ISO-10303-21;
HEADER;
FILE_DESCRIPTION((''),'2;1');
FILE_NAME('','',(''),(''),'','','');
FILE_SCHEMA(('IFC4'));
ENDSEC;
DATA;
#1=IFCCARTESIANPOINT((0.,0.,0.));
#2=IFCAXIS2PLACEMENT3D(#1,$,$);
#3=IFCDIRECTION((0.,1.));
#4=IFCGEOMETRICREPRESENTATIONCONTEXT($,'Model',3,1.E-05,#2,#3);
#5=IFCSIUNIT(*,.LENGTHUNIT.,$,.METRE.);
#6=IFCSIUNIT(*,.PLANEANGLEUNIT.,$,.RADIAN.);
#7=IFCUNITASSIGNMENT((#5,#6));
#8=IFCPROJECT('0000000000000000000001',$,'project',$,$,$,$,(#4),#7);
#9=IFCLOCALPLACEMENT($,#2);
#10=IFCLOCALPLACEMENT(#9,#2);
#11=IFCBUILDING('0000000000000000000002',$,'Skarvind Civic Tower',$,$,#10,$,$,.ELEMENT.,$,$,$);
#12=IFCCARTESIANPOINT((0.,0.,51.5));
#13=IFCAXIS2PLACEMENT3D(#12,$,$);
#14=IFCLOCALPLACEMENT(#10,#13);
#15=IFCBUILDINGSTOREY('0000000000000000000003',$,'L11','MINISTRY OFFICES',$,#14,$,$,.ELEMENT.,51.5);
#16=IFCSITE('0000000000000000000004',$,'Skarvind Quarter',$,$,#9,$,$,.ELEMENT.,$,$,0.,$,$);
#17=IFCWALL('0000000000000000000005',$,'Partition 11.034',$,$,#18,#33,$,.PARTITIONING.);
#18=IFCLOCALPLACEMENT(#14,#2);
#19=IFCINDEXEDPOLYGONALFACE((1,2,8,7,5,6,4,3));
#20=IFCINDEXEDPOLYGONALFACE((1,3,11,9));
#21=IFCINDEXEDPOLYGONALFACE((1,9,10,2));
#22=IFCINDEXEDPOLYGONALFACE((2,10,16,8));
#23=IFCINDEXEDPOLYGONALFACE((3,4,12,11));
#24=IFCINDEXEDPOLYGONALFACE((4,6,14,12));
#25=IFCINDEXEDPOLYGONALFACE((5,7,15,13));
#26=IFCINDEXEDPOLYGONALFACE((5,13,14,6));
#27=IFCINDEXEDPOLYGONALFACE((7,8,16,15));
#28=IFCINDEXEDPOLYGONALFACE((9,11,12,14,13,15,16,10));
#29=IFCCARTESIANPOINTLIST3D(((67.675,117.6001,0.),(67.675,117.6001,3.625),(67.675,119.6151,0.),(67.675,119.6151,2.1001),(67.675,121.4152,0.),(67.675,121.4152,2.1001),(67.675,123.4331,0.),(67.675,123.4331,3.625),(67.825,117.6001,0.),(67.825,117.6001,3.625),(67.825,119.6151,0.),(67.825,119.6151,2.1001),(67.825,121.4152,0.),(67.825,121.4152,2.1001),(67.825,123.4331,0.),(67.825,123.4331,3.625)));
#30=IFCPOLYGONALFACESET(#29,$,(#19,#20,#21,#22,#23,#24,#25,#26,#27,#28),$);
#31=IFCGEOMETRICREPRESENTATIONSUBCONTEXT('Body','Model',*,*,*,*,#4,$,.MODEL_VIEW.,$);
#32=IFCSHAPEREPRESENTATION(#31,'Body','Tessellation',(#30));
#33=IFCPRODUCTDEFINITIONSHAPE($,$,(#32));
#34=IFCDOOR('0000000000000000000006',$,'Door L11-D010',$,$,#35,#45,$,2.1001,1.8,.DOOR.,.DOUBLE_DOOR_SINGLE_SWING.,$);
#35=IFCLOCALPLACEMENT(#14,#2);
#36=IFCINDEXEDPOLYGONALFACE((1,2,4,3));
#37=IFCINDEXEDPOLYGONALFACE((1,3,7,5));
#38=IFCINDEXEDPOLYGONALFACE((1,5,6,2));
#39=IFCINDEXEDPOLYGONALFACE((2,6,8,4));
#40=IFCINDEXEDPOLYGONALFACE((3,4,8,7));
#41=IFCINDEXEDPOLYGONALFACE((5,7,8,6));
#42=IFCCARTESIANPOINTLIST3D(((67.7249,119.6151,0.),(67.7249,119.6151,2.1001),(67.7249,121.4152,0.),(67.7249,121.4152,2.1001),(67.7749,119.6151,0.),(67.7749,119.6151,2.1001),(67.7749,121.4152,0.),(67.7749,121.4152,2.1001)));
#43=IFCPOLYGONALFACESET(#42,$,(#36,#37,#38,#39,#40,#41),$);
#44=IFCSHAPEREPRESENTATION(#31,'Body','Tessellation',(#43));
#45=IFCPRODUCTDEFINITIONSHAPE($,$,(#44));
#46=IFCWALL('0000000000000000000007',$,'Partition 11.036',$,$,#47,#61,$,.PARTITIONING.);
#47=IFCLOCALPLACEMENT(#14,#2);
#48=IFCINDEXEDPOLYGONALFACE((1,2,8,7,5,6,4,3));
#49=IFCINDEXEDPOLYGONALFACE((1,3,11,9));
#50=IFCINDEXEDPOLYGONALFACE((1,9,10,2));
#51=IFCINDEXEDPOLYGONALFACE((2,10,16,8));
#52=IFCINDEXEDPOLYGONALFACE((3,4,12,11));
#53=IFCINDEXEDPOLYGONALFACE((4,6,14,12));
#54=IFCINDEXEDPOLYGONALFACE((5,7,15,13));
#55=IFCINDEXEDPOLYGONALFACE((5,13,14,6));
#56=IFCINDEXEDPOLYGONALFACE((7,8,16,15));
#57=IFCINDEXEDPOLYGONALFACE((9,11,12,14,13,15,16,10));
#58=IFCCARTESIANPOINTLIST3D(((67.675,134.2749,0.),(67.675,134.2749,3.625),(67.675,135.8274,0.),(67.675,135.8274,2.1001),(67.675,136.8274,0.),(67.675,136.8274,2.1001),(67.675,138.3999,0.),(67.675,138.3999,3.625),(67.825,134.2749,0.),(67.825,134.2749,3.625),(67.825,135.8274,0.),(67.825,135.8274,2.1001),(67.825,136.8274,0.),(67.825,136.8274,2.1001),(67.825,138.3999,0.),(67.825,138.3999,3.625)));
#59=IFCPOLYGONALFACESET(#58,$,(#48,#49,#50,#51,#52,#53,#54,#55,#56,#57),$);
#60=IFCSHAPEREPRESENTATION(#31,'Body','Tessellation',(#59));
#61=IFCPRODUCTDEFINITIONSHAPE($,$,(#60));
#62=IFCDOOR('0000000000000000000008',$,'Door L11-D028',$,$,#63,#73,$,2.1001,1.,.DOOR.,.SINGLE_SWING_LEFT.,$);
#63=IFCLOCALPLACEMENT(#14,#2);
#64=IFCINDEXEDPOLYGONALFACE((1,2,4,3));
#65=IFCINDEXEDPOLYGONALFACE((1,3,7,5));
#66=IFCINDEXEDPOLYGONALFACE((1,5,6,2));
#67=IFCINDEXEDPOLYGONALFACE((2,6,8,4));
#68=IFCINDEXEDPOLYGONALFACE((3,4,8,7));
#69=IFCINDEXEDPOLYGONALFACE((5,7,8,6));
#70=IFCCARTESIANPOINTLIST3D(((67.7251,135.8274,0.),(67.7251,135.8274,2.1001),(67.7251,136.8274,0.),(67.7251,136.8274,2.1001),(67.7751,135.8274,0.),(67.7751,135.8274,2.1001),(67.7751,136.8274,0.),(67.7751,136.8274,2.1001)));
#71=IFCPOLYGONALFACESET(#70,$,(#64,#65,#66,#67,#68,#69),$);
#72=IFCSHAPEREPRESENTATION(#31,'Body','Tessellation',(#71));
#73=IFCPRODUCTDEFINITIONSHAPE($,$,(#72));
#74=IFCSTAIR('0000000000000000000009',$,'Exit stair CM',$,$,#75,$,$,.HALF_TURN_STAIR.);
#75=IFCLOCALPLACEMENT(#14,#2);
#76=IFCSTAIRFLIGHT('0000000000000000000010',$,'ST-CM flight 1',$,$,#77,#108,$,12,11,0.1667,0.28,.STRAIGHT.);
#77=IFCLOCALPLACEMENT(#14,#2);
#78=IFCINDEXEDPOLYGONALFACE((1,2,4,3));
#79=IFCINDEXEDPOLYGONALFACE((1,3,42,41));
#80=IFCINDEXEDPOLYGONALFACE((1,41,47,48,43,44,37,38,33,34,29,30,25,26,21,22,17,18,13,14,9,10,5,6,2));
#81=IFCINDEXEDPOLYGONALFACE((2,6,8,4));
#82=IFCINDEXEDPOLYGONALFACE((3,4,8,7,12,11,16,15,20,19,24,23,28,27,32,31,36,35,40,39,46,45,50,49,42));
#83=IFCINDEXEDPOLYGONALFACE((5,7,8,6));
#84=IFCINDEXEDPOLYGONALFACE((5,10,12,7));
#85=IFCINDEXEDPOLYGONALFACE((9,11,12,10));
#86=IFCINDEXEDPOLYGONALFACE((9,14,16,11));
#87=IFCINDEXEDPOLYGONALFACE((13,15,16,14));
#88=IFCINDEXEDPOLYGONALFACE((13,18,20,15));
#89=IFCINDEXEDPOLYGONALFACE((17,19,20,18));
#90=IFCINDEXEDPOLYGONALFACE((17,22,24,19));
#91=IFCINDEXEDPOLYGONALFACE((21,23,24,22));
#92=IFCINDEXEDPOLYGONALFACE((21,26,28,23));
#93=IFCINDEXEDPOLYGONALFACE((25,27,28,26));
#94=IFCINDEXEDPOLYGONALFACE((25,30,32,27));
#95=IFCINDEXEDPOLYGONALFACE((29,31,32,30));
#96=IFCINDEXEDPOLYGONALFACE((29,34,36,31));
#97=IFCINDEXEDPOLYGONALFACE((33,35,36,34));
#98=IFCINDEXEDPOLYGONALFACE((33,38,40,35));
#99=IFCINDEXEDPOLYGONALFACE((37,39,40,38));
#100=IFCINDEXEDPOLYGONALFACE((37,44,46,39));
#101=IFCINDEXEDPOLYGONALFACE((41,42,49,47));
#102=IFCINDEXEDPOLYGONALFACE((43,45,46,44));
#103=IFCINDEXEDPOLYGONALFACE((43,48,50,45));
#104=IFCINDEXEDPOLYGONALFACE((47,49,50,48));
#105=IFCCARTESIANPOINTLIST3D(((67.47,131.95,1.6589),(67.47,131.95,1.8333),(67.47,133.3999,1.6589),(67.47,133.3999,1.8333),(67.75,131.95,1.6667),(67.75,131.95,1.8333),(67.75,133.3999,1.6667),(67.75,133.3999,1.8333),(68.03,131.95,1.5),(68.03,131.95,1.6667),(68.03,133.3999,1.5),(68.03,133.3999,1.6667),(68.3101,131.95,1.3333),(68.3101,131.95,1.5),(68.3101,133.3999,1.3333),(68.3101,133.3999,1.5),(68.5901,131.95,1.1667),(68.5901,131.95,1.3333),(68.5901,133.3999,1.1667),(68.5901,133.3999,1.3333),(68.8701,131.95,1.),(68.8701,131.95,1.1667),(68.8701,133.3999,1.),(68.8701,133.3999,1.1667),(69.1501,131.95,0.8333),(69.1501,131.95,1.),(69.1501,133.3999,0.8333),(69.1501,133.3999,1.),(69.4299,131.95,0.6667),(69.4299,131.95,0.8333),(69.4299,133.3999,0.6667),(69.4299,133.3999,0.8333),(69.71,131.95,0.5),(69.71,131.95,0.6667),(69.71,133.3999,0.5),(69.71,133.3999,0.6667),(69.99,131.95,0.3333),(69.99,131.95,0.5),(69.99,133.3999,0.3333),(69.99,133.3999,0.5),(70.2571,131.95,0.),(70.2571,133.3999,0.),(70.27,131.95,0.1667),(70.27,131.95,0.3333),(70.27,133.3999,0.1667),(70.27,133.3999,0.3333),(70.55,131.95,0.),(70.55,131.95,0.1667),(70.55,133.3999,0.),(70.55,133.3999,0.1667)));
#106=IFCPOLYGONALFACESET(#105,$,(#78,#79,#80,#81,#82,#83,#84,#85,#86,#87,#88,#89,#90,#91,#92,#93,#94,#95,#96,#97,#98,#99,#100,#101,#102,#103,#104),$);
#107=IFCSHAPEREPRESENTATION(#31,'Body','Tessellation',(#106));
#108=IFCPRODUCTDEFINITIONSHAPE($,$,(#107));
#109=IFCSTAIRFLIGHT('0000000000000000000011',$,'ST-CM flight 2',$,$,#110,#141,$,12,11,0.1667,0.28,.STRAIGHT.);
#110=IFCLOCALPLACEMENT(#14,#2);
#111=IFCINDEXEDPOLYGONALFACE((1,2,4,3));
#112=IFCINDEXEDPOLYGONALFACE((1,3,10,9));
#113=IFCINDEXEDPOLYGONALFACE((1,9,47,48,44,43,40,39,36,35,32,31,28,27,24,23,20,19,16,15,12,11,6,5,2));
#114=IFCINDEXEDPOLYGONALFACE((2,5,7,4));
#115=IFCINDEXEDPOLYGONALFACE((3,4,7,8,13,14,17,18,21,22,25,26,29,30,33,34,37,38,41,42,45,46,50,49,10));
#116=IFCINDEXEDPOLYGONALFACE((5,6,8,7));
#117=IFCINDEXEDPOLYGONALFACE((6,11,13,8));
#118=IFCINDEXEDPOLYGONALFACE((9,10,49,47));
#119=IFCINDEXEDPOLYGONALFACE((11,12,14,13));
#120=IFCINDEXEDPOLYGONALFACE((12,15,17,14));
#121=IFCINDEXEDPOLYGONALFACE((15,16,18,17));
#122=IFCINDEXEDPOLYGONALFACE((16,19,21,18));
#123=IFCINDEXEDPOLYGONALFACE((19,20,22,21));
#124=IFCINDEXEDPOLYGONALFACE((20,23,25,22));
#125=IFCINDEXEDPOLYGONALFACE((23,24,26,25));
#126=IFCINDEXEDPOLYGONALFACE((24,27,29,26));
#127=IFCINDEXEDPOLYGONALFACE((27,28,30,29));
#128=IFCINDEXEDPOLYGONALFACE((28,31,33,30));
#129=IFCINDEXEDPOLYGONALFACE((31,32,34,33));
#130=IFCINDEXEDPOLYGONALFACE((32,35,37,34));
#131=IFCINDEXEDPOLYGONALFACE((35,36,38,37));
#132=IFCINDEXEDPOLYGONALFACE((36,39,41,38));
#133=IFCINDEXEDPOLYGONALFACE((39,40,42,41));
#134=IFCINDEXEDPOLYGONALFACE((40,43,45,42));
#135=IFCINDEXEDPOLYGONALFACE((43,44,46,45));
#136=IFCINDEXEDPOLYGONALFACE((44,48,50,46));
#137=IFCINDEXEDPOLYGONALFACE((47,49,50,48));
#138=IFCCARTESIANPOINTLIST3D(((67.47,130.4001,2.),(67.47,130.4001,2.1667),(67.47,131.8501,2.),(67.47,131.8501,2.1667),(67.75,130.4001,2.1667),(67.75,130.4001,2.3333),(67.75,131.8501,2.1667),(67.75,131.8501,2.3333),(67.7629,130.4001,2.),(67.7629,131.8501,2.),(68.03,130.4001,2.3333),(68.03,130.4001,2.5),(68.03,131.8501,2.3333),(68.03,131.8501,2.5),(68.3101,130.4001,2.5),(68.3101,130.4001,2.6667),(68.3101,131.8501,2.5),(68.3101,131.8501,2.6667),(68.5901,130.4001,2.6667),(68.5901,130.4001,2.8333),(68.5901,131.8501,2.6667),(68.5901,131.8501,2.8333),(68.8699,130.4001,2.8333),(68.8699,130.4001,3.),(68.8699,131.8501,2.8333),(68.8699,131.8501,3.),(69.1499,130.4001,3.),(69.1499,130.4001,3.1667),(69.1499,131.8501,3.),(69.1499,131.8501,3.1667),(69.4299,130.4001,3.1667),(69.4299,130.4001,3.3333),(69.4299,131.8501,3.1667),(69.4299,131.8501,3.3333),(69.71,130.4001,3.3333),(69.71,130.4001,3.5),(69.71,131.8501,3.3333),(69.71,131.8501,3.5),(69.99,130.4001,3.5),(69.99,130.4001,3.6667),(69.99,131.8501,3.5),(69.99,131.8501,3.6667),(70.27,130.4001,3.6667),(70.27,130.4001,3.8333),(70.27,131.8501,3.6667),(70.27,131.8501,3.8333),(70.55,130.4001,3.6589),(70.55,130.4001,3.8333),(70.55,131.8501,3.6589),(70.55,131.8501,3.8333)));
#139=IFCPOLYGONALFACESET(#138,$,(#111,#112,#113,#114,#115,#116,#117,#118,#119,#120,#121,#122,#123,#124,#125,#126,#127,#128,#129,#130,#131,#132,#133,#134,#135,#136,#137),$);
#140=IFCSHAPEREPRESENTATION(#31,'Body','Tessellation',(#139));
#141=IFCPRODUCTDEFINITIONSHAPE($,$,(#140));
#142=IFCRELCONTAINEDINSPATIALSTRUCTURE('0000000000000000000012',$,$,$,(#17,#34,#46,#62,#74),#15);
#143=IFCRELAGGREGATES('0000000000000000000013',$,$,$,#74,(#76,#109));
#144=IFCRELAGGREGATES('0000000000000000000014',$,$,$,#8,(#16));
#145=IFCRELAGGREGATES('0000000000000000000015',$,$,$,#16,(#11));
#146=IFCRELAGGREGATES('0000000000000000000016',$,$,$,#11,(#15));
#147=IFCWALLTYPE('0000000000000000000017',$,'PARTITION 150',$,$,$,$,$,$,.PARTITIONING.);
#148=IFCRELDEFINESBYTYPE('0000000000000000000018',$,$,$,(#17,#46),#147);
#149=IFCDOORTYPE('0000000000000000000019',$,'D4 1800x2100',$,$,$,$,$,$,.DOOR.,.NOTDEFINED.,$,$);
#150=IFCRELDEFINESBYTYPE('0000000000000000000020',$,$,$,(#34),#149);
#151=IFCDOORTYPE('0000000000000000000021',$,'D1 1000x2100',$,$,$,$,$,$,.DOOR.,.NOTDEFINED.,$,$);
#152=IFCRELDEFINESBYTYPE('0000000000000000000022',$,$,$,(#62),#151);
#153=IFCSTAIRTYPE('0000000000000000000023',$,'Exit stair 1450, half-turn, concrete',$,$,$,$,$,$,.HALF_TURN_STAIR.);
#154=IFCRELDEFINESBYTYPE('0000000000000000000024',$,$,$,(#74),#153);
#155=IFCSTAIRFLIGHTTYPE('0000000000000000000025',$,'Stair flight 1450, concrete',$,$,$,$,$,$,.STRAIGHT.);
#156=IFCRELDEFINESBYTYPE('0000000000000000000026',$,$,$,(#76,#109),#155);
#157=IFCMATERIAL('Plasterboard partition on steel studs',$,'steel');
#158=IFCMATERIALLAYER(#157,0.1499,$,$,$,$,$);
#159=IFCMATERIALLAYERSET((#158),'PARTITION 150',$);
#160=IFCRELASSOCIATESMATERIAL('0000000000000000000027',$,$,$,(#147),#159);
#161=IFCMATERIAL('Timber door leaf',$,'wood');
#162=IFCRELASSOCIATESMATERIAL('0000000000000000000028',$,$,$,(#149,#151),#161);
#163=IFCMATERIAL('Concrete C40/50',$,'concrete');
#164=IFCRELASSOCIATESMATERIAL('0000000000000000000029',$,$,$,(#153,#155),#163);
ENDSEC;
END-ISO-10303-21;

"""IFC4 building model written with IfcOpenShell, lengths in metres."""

from ifc_helpers import new_model, si_unit, direction, frame, frame_2d, origin, place, context, subcontext, project, spatial, polyline, rectangle, outline, extrude, material, layer, layer_set, type_object, element, fill, aggregate, save


model = new_model("IFC4")

# Units and contexts
model_context = context("Model", 3, precision=1e-05, world=origin(), true_north=direction((0.0, 1.0)))
body_context = subcontext(model_context, "Body", "Model", "MODEL_VIEW")
ifc_project = project(units=[si_unit("LENGTHUNIT", "METRE"), si_unit("PLANEANGLEUNIT", "RADIAN")], contexts=[model_context])

# Site, building, storey
site_placement = place(None, origin())
site = spatial("IfcSite", under=ifc_project, at=site_placement, Name="Skarvind Quarter", CompositionType="ELEMENT", RefElevation=0.0)
building_placement = place(site_placement, origin())
building = spatial("IfcBuilding", under=site, at=building_placement, Name="Skarvind Civic Tower", CompositionType="ELEMENT")
storey_placement = place(building_placement, frame((0.0, 0.0, 51.5)))
storey = spatial("IfcBuildingStorey", under=building, at=storey_placement, Name="L11", Description="MINISTRY OFFICES", CompositionType="ELEMENT", Elevation=51.5)

# Shared definitions
ifc_material_1 = material(Name="Plasterboard partition on steel studs", Category="steel")
ifc_layer_1 = layer(ifc_material_1, 0.1499)
ifc_layer_set_1 = layer_set([ifc_layer_1], Name="PARTITION 150")
wall_type_1 = type_object("IfcWallType", Name="PARTITION 150", PredefinedType="PARTITIONING", material=ifc_layer_set_1)

# Walls, openings, doors
wall_1_placement = place(storey_placement, frame((67.75, 123.4331, 0.0), z_axis=(0.0, 0.0, 1.0), x_axis=(0.0, -1.0, 0.0)))
wall_1 = element("IfcWall", 1, at=wall_1_placement, inside=storey, type_object=wall_type_1, Name="Partition 11.034", PredefinedType="PARTITIONING", context=body_context, shape_type="SweptSolid", body=[
    extrude(rectangle(XDim=5.833, YDim=0.1499, at=frame_2d((2.9165, 0.0))), origin(), (0.0, 0.0, 1.0), 3.625),
])
opening_1_placement = place(wall_1_placement, frame((2.0181, 0.0, 0.0)))
opening_1 = element("IfcOpeningElement", 2, at=opening_1_placement, cuts=wall_1, PredefinedType="OPENING", context=body_context, shape_type="SweptSolid", body=[
    extrude(rectangle(XDim=1.8, YDim=2.1001, at=frame_2d((0.8999, 1.05))), frame((0.0, 0.085, 0.0), z_axis=(0.0, -1.0, 0.0), x_axis=(1.0, 0.0, 0.0)), (0.0, 0.0, 1.0), 0.1699),
])
ifc_material_2 = material(Name="Timber door leaf", Category="wood")
door_type_1 = type_object("IfcDoorType", Name="D4 1800x2100", OperationType="NOTDEFINED", PredefinedType="DOOR", material=ifc_material_2)
door_1_placement = place(opening_1_placement, origin())
door_1 = element("IfcDoor", 3, at=door_1_placement, inside=storey, type_object=door_type_1, Name="Door L11-D010", OperationType="DOUBLE_DOOR_SINGLE_SWING", OverallHeight=2.1001, OverallWidth=1.8, PredefinedType="DOOR", context=body_context, shape_type="SweptSolid", body=[
    extrude(rectangle(XDim=1.8, YDim=2.1001, at=frame_2d((0.8999, 1.05))), frame((0.0, 0.0249, 0.0), z_axis=(0.0, -1.0, 0.0), x_axis=(1.0, 0.0, 0.0)), (0.0, 0.0, 1.0), 0.05),
])
fill(opening_1, door_1)
wall_2_placement = place(storey_placement, frame((67.75, 134.2749, 0.0), z_axis=(0.0, 0.0, 1.0), x_axis=(0.0, 1.0, 0.0)))
wall_2 = element("IfcWall", 4, at=wall_2_placement, inside=storey, type_object=wall_type_1, Name="Partition 11.036", PredefinedType="PARTITIONING", context=body_context, shape_type="SweptSolid", body=[
    extrude(rectangle(XDim=4.125, YDim=0.1499, at=frame_2d((2.0625, 0.0))), origin(), (0.0, 0.0, 1.0), 3.625),
])
opening_2_placement = place(wall_2_placement, frame((1.5525, 0.0, 0.0)))
opening_2 = element("IfcOpeningElement", 5, at=opening_2_placement, cuts=wall_2, PredefinedType="OPENING", context=body_context, shape_type="SweptSolid", body=[
    extrude(rectangle(XDim=1.0, YDim=2.1001, at=frame_2d((0.5, 1.05))), frame((0.0, 0.085, 0.0), z_axis=(0.0, -1.0, 0.0), x_axis=(1.0, 0.0, 0.0)), (0.0, 0.0, 1.0), 0.1699),
])
door_type_2 = type_object("IfcDoorType", Name="D1 1000x2100", OperationType="NOTDEFINED", PredefinedType="DOOR", material=ifc_material_2)
door_2_placement = place(opening_2_placement, origin())
door_2 = element("IfcDoor", 6, at=door_2_placement, inside=storey, type_object=door_type_2, Name="Door L11-D028", OperationType="SINGLE_SWING_LEFT", OverallHeight=2.1001, OverallWidth=1.0, PredefinedType="DOOR", context=body_context, shape_type="SweptSolid", body=[
    extrude(rectangle(XDim=1.0, YDim=2.1001, at=frame_2d((0.5, 1.05))), frame((0.0, 0.0249, 0.0), z_axis=(0.0, -1.0, 0.0), x_axis=(1.0, 0.0, 0.0)), (0.0, 0.0, 1.0), 0.05),
])
fill(opening_2, door_2)

# Stair, stair flights
ifc_material_3 = material(Name="Concrete C40/50", Category="concrete")
stair_type = type_object("IfcStairType", Name="Exit stair 1450, half-turn, concrete", PredefinedType="HALF_TURN_STAIR", material=ifc_material_3)
stair_placement = place(storey_placement, origin())
stair = element("IfcStair", 7, at=stair_placement, inside=storey, type_object=stair_type, Name="Exit stair CM", PredefinedType="HALF_TURN_STAIR")
stair_flight_type = type_object("IfcStairFlightType", Name="Stair flight 1450, concrete", PredefinedType="STRAIGHT", material=ifc_material_3)
stair_flight_1_placement = place(storey_placement, frame((70.55, 132.675, 0.0), z_axis=(0.0, 0.0, 1.0), x_axis=(-1.0, 0.0, 0.0)))
stair_flight_1 = element("IfcStairFlight", 8, at=stair_flight_1_placement, type_object=stair_flight_type, Name="ST-CM flight 1", NumberOfRisers=12, NumberOfTreads=11, PredefinedType="STRAIGHT", RiserHeight=0.1667, TreadLength=0.28, context=body_context, shape_type="SweptSolid", body=[
    extrude(outline(polyline([(0.0, 0.0), (0.0, 0.1667), (0.28, 0.1667), (0.28, 0.3333), (0.5601, 0.3333), (0.5601, 0.5), (0.8401, 0.5), (0.8401, 0.6667), (1.1201, 0.6667), (1.1201, 0.8333), (1.3999, 0.8333), (1.3999, 1.0), (1.6799, 1.0), (1.6799, 1.1667), (1.96, 1.1667), (1.96, 1.3333), (2.24, 1.3333), (2.24, 1.5), (2.52, 1.5), (2.52, 1.6667), (2.8, 1.6667), (2.8, 1.8333), (3.0801, 1.8333), (3.0801, 2.0), (3.0801, 1.6589), (0.293, 0.0), (0.0, 0.0)])), frame((0.0, 0.7251, 0.0), z_axis=(0.0, -1.0, 0.0), x_axis=(1.0, 0.0, 0.0)), (0.0, 0.0, 1.0), 1.45),
])
stair_flight_2_placement = place(storey_placement, frame((67.47, 131.125, 2.0), z_axis=(0.0, 0.0, 1.0), x_axis=(1.0, 0.0, 0.0)))
stair_flight_2 = element("IfcStairFlight", 9, at=stair_flight_2_placement, type_object=stair_flight_type, Name="ST-CM flight 2", NumberOfRisers=12, NumberOfTreads=11, PredefinedType="STRAIGHT", RiserHeight=0.1667, TreadLength=0.28, context=body_context, shape_type="SweptSolid", body=[
    extrude(outline(polyline([(0.0, 0.0), (0.0, 0.1667), (0.28, 0.1667), (0.28, 0.3333), (0.5601, 0.3333), (0.5601, 0.5), (0.8401, 0.5), (0.8401, 0.6667), (1.1201, 0.6667), (1.1201, 0.8333), (1.3999, 0.8333), (1.3999, 1.0), (1.6799, 1.0), (1.6799, 1.1667), (1.96, 1.1667), (1.96, 1.3333), (2.24, 1.3333), (2.24, 1.5), (2.52, 1.5), (2.52, 1.6667), (2.8, 1.6667), (2.8, 1.8333), (3.0801, 1.8333), (3.0801, 2.0), (3.0801, 1.6589), (0.293, 0.0), (0.0, 0.0)])), frame((0.0, 0.7251, 0.0), z_axis=(0.0, -1.0, 0.0), x_axis=(1.0, 0.0, 0.0)), (0.0, 0.0, 1.0), 1.45),
])
aggregate(stair, [stair_flight_1, stair_flight_2])

save(model, "model.ifc")
